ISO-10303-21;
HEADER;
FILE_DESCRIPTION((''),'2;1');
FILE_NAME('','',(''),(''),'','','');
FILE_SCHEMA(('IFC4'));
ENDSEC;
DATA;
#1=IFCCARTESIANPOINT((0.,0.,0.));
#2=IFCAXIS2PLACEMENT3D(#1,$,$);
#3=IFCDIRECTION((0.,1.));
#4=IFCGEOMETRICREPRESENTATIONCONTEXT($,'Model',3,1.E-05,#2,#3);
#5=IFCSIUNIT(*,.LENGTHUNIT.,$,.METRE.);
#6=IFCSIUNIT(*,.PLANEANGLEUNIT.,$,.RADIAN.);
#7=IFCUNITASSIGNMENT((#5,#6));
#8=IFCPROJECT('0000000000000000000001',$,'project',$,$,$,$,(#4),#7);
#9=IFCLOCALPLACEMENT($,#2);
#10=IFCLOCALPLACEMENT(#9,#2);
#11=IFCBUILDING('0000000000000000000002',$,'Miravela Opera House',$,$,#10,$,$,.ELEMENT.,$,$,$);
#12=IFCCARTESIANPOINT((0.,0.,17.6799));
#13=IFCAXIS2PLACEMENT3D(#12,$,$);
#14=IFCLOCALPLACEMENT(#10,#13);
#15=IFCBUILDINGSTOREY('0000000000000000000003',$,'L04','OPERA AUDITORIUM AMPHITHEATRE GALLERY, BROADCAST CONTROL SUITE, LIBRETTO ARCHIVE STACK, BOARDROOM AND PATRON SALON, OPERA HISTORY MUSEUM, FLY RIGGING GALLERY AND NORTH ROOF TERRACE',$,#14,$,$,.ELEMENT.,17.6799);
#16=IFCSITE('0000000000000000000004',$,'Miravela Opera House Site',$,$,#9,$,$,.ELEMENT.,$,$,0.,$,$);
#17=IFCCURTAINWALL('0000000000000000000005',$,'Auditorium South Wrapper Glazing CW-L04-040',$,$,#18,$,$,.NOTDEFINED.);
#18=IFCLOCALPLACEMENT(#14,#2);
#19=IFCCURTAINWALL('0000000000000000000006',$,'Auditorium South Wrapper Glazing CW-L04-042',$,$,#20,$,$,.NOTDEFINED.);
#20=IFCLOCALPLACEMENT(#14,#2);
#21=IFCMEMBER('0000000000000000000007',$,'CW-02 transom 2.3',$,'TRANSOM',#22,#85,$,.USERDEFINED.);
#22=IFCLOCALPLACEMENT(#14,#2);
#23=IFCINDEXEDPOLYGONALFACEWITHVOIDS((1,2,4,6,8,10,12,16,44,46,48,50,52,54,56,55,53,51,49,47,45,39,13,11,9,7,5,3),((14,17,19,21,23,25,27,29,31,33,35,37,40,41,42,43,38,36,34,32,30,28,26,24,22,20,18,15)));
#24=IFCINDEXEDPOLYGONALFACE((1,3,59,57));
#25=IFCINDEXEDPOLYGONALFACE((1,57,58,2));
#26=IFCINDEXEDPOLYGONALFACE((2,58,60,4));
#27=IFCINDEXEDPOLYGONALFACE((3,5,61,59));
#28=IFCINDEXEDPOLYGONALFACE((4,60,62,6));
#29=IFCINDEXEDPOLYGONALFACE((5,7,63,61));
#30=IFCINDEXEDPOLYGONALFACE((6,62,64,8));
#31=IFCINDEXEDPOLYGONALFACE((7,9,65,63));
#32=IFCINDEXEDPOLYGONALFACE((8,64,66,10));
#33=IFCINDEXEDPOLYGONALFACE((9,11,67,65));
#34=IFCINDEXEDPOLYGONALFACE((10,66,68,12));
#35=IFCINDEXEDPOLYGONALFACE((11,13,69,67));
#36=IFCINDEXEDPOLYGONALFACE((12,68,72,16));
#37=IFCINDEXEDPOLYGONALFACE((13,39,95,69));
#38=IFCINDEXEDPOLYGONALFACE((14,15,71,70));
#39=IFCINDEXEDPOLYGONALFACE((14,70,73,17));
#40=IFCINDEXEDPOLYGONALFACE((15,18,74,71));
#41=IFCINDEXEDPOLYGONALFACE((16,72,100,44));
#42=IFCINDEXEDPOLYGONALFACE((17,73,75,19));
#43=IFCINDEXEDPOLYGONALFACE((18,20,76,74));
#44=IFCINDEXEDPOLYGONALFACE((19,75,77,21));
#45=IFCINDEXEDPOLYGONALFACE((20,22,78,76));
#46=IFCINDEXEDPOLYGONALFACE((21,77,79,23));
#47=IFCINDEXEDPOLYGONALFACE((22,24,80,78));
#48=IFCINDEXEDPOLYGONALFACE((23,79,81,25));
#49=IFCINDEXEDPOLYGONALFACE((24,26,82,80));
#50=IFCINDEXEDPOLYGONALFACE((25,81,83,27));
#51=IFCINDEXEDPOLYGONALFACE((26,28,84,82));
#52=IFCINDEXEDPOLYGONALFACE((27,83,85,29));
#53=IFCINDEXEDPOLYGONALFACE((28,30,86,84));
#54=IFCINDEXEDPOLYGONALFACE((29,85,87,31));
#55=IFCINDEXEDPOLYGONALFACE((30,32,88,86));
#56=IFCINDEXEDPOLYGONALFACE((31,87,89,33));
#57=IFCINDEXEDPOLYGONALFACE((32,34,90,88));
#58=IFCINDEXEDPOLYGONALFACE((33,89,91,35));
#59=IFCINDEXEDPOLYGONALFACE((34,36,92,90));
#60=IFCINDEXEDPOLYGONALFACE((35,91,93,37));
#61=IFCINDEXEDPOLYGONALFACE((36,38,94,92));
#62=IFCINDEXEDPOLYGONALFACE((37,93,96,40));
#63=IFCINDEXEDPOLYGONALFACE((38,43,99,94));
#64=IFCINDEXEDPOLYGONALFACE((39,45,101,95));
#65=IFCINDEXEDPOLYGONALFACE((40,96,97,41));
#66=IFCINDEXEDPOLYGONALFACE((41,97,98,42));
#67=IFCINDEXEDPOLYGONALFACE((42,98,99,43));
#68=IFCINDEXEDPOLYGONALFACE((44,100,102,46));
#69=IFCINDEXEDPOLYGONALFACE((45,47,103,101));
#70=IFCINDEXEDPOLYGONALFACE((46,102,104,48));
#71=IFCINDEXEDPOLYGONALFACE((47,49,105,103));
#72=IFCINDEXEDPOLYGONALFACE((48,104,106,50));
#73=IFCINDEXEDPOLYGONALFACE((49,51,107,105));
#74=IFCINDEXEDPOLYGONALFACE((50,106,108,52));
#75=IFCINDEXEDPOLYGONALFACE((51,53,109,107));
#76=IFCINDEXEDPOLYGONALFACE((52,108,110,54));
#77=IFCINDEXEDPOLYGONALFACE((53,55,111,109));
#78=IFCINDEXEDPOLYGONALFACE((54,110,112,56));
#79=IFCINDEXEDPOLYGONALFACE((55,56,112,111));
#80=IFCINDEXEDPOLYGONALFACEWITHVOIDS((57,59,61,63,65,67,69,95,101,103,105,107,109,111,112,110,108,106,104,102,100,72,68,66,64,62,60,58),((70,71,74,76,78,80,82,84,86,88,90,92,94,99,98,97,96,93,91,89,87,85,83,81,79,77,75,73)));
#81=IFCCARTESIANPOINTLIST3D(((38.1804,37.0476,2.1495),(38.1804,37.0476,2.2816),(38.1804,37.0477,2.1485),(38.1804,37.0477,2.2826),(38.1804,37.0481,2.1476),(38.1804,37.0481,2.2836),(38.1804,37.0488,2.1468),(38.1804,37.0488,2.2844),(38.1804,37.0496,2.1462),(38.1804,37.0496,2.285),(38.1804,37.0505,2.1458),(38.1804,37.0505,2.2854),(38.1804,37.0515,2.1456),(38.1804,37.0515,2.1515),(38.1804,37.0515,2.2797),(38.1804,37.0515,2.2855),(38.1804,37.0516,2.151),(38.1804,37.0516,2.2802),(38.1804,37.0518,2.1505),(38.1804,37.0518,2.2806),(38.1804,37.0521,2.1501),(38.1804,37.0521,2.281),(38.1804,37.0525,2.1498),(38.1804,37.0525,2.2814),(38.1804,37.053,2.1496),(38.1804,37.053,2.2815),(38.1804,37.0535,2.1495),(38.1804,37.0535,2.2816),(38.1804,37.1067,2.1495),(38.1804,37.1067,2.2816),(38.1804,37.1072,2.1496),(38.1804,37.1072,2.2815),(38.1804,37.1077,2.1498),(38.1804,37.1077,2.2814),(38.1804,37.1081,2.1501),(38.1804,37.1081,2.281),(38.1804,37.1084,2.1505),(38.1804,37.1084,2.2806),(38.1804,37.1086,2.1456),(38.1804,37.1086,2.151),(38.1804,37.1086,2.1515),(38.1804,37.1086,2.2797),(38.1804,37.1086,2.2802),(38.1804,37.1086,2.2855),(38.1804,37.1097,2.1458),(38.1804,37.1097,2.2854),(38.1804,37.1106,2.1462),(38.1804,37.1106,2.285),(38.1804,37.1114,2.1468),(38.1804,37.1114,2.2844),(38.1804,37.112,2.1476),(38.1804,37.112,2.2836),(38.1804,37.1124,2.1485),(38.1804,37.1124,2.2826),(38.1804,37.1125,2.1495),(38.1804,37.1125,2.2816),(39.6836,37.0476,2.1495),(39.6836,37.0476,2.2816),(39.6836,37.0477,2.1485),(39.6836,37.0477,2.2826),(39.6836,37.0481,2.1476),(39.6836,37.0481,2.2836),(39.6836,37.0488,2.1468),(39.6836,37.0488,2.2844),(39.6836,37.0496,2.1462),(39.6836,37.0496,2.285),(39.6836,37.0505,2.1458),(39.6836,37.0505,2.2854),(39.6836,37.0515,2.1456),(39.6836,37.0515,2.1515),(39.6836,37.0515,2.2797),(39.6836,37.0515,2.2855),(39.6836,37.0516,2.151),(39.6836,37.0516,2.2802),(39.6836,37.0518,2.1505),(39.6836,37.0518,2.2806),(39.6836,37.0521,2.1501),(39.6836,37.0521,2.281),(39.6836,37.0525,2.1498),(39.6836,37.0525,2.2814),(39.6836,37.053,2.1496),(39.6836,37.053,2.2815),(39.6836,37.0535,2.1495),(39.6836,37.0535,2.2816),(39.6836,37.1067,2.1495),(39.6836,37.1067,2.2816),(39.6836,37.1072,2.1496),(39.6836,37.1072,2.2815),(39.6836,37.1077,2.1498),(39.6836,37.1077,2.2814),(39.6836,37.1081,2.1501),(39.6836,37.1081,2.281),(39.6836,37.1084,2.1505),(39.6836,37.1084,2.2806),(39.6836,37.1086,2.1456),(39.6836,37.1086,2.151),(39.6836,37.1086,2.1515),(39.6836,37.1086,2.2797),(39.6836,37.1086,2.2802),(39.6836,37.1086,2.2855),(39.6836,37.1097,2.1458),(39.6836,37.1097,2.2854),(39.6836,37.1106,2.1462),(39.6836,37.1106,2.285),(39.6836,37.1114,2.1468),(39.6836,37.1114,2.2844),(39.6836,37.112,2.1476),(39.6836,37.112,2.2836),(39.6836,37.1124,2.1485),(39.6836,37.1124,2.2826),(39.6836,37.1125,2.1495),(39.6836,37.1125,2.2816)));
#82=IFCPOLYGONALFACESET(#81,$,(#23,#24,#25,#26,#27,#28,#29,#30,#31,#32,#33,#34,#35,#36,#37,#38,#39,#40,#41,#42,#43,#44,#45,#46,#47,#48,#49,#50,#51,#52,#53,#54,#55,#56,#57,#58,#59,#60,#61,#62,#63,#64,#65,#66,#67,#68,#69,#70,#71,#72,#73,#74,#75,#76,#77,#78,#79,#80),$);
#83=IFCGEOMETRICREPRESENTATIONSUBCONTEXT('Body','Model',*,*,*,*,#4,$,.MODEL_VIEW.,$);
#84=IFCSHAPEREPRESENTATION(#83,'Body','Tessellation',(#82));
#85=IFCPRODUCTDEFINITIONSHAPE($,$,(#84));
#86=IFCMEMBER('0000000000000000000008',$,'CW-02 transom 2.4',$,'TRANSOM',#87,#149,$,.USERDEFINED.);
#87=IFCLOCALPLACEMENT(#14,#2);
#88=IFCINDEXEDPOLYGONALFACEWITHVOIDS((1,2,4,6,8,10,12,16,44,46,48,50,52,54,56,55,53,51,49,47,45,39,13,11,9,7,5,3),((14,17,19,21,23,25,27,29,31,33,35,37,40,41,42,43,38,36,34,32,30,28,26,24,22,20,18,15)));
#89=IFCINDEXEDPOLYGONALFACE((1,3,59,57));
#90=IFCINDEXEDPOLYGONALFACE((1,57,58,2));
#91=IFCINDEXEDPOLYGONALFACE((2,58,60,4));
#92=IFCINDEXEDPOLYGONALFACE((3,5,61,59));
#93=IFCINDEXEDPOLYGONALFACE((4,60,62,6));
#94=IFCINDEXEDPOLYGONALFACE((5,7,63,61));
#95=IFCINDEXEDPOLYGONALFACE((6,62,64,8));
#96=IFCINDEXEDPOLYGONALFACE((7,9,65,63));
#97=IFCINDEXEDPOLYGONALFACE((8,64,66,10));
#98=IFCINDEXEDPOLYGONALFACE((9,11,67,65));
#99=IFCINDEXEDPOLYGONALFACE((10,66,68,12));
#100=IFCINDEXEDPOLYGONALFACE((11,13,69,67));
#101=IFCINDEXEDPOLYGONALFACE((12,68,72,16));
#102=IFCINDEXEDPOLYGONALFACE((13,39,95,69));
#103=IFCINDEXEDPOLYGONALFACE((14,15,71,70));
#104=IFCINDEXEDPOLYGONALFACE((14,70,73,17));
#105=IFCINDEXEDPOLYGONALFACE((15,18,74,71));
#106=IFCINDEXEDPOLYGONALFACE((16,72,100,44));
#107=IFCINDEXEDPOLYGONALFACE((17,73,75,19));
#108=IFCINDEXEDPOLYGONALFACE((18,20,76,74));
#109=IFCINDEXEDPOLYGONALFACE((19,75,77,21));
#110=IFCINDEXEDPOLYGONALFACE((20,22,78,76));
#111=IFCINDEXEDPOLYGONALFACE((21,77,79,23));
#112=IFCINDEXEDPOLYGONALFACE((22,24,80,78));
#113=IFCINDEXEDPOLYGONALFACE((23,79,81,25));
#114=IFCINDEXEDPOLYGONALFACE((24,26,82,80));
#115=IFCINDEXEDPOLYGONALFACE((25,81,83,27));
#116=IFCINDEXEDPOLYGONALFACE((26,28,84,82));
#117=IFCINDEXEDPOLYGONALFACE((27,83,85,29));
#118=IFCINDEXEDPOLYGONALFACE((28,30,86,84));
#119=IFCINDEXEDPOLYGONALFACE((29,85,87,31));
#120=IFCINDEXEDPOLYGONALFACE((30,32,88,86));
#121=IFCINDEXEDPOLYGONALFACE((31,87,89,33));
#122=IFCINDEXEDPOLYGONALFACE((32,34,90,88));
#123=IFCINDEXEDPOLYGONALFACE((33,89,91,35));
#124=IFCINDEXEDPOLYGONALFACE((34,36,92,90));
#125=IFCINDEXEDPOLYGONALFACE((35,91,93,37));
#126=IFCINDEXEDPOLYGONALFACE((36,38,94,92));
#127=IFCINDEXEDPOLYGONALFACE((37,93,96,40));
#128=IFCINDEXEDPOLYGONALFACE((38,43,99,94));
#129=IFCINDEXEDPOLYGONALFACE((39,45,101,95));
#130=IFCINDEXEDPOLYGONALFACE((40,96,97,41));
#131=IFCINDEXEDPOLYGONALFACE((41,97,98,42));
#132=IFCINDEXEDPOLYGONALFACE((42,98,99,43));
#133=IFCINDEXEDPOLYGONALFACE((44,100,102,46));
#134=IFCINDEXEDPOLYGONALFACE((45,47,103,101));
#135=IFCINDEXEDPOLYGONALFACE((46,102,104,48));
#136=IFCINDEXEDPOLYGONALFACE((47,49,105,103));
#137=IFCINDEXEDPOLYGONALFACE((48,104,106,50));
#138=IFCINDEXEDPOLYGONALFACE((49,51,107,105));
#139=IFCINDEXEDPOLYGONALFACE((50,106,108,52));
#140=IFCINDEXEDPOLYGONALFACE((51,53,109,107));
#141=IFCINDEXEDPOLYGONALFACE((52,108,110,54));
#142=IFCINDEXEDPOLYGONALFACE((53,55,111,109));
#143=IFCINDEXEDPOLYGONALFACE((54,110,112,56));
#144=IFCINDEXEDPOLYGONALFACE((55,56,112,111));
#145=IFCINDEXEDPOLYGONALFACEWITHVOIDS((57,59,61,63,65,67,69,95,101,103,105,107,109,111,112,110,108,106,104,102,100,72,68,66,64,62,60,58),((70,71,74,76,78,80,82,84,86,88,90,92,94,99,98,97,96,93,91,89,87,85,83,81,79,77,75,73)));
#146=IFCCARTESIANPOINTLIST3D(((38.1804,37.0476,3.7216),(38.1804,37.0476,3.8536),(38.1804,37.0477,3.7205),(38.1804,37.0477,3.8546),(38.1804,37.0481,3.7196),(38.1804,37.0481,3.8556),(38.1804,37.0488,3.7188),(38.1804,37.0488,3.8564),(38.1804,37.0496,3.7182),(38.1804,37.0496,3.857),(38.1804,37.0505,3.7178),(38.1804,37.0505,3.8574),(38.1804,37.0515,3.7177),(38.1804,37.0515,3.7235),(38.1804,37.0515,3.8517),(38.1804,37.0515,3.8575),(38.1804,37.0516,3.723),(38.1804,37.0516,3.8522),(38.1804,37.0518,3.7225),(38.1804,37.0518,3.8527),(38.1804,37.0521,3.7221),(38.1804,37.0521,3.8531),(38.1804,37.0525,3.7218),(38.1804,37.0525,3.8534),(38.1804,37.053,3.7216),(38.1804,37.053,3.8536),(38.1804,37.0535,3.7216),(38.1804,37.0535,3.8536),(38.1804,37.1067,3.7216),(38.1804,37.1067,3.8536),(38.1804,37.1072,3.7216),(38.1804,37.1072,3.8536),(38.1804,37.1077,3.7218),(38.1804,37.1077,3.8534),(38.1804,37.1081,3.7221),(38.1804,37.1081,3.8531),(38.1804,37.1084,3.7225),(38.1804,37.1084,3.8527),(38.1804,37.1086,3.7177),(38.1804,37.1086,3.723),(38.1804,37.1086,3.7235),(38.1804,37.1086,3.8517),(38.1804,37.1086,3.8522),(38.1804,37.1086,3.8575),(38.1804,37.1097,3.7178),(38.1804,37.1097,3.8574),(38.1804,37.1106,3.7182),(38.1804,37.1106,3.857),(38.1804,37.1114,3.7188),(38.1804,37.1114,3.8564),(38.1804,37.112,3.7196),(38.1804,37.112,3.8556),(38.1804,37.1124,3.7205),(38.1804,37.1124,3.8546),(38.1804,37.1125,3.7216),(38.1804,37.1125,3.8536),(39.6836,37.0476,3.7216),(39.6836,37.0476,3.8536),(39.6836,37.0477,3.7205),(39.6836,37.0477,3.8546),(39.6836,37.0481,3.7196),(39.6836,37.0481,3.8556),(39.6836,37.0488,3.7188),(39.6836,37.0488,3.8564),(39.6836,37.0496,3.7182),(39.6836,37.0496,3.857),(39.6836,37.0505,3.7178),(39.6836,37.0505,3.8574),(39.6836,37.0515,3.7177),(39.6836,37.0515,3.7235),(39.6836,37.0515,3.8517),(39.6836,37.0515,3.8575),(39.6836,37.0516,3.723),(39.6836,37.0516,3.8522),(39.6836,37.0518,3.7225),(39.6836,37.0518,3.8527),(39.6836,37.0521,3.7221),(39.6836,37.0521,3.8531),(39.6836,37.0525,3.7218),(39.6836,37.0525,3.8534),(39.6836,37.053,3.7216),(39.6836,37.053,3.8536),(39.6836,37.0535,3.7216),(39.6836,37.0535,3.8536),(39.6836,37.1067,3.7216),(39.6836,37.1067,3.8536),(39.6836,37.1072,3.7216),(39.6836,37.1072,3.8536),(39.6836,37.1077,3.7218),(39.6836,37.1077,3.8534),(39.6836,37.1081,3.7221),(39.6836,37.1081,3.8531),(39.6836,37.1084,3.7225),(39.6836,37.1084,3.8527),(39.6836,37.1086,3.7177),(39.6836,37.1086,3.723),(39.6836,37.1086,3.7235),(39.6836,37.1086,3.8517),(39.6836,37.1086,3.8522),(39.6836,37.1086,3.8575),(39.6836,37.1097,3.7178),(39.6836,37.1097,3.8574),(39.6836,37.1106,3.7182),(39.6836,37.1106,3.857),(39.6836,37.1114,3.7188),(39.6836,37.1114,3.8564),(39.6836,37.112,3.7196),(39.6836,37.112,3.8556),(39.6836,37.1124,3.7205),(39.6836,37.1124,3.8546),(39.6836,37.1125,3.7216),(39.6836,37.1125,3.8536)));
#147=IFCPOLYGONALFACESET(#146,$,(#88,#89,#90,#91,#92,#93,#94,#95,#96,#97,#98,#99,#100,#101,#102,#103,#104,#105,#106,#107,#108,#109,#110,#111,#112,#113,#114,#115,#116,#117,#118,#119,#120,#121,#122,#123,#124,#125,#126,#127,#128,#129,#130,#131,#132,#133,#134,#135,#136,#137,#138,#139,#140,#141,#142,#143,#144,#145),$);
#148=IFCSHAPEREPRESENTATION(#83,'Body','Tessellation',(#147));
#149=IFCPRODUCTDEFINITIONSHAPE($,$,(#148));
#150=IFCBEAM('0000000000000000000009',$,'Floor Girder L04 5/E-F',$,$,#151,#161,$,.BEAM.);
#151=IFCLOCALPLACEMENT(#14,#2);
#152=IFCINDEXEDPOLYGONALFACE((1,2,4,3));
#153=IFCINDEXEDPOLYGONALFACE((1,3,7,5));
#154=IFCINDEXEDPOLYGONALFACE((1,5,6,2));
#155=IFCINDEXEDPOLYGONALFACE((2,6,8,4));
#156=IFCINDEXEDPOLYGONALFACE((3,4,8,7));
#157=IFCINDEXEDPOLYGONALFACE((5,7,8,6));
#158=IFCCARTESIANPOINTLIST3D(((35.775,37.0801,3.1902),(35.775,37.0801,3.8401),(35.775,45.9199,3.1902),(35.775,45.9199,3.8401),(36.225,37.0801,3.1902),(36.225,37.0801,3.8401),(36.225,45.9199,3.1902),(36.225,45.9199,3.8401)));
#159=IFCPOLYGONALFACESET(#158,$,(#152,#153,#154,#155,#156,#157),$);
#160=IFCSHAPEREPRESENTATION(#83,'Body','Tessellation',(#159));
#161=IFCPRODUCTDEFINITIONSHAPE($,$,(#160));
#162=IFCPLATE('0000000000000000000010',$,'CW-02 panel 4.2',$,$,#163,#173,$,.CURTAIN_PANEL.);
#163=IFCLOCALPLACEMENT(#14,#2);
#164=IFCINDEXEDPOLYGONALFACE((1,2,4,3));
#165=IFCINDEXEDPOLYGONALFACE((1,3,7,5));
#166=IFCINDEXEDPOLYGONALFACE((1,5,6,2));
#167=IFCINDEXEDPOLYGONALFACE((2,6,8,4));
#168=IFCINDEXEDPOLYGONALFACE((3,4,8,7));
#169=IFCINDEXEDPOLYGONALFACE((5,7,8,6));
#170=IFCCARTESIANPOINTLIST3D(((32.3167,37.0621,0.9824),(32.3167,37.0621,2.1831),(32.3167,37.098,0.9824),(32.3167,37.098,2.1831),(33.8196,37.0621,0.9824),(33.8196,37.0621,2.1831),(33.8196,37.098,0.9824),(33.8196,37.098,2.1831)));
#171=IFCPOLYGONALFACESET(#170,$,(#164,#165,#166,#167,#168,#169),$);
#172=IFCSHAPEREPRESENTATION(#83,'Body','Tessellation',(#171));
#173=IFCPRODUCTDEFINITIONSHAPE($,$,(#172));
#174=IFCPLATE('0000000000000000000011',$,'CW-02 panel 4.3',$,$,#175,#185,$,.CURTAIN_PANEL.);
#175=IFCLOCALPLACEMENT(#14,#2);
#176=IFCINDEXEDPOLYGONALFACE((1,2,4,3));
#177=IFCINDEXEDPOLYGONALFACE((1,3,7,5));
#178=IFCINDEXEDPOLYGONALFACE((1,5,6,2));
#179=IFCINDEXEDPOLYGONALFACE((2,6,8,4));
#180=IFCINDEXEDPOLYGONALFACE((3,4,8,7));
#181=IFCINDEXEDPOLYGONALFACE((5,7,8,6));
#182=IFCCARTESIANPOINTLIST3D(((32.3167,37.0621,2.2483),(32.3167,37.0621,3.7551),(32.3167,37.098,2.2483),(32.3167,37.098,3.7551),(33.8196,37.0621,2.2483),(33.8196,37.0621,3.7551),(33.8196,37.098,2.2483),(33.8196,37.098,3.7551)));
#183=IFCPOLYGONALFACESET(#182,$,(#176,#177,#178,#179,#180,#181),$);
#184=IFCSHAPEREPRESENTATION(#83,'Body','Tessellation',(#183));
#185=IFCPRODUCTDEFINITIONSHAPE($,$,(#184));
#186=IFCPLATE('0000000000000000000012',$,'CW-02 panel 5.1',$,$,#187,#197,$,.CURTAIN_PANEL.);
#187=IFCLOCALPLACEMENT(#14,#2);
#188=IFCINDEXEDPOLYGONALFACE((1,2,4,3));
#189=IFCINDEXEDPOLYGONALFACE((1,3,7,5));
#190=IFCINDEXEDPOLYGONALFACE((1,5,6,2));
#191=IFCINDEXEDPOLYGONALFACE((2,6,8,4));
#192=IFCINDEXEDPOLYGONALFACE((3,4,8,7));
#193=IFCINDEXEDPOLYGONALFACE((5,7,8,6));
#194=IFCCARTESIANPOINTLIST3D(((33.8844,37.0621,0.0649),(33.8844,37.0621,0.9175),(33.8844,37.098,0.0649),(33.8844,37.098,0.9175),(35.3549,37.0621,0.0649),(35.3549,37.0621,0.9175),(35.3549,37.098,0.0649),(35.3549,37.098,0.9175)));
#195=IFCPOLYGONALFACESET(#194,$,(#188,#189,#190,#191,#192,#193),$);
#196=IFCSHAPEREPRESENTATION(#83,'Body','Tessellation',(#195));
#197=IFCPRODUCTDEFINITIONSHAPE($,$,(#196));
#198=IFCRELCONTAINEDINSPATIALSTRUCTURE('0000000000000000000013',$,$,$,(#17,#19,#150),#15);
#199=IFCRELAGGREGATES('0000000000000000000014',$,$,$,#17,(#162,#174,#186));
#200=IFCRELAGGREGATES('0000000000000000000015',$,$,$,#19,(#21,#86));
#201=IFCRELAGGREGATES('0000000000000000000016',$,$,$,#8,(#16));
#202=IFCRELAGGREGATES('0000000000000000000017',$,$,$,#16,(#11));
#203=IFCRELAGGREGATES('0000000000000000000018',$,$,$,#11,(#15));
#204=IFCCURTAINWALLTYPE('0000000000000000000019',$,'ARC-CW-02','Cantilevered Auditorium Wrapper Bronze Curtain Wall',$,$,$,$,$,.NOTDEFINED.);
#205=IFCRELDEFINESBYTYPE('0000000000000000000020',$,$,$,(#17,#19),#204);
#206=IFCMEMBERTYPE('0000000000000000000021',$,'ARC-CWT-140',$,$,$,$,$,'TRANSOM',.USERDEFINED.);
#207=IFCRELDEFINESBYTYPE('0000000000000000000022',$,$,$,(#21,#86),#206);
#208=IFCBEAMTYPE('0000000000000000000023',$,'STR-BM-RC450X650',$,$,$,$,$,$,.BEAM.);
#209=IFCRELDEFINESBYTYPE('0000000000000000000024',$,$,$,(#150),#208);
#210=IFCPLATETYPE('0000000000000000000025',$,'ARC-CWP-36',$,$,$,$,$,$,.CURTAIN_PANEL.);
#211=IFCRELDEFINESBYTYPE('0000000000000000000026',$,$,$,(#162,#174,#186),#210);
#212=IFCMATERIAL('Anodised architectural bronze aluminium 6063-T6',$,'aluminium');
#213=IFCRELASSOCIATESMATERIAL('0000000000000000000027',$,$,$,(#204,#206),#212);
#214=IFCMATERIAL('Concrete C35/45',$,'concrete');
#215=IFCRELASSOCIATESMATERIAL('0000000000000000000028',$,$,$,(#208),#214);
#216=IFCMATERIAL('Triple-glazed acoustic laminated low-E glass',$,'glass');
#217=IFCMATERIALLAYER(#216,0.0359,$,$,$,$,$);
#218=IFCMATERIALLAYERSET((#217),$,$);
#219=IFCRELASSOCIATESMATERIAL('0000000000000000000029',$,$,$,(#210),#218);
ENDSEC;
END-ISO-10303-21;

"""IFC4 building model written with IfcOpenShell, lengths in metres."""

from ifc_helpers import new_model, si_unit, direction, frame, origin, origin_2d, place, context, subcontext, project, spatial, rectangle, hollow_rectangle, extrude, material, layer, layer_set, material_profile, profile_set, type_object, element, aggregate, save


model = new_model("IFC4")

# Units and contexts
model_context = context("Model", 3, precision=1e-05, world=origin(), true_north=direction((0.0, 1.0)))
body_context = subcontext(model_context, "Body", "Model", "MODEL_VIEW")
ifc_project = project(units=[si_unit("LENGTHUNIT", "METRE"), si_unit("PLANEANGLEUNIT", "RADIAN")], contexts=[model_context])

# Site, building, storey
site_placement = place(None, origin())
site = spatial("IfcSite", under=ifc_project, at=site_placement, Name="Miravela Opera House Site", CompositionType="ELEMENT", RefElevation=0.0)
building_placement = place(site_placement, origin())
building = spatial("IfcBuilding", under=site, at=building_placement, Name="Miravela Opera House", CompositionType="ELEMENT")
storey_placement = place(building_placement, frame((0.0, 0.0, 17.6799)))
storey = spatial("IfcBuildingStorey", under=building, at=storey_placement, Name="L04", Description="OPERA AUDITORIUM AMPHITHEATRE GALLERY, BROADCAST CONTROL SUITE, LIBRETTO ARCHIVE STACK, BOARDROOM AND PATRON SALON, OPERA HISTORY MUSEUM, FLY RIGGING GALLERY AND NORTH ROOF TERRACE", CompositionType="ELEMENT", Elevation=17.6799)

# Curtain walls
ifc_material_1 = material(Name="Anodised architectural bronze aluminium 6063-T6", Category="aluminium")
curtain_wall_type = type_object("IfcCurtainWallType", Name="ARC-CW-02", Description="Cantilevered Auditorium Wrapper Bronze Curtain Wall", PredefinedType="NOTDEFINED", material=ifc_material_1)
curtain_wall_1_placement = place(storey_placement, origin())
curtain_wall_1 = element("IfcCurtainWall", 1, at=curtain_wall_1_placement, inside=storey, type_object=curtain_wall_type, Name="Auditorium South Wrapper Glazing CW-L04-040", PredefinedType="NOTDEFINED")
curtain_wall_2_placement = place(storey_placement, origin())
curtain_wall_2 = element("IfcCurtainWall", 2, at=curtain_wall_2_placement, inside=storey, type_object=curtain_wall_type, Name="Auditorium South Wrapper Glazing CW-L04-042", PredefinedType="NOTDEFINED")

# Members
ifc_material_profile_1 = material_profile(ifc_material_1, hollow_rectangle(XDim=0.0649, YDim=0.1399, WallThickness=0.0039, InnerFilletRadius=0.002, OuterFilletRadius=0.0039, at=origin_2d()), Name="CWT-65X140")
ifc_profile_set_1 = profile_set([ifc_material_profile_1])
member_type_1 = type_object("IfcMemberType", Name="ARC-CWT-140", ElementType="TRANSOM", PredefinedType="USERDEFINED", material=ifc_profile_set_1)
member_1_placement = place(storey_placement, frame((38.1804, 37.0801, 2.2156), z_axis=(1.0, 0.0, 0.0), x_axis=(0.0, 1.0, 0.0)))
member_1 = element("IfcMember", 3, at=member_1_placement, type_object=member_type_1, Name="CW-02 transom 2.3", ObjectType="TRANSOM", PredefinedType="USERDEFINED", context=body_context, shape_type="SweptSolid", body=[
    extrude(hollow_rectangle(XDim=0.0649, YDim=0.1399, WallThickness=0.0039, InnerFilletRadius=0.002, OuterFilletRadius=0.0039, at=origin_2d()), origin(), (0.0, 0.0, 1.0), 1.5032),
])
member_2_placement = place(storey_placement, frame((38.1804, 37.0801, 3.7876), z_axis=(1.0, 0.0, 0.0), x_axis=(0.0, 1.0, 0.0)))
member_2 = element("IfcMember", 4, at=member_2_placement, type_object=member_type_1, Name="CW-02 transom 2.4", ObjectType="TRANSOM", PredefinedType="USERDEFINED", context=body_context, shape_type="SweptSolid", body=[
    extrude(hollow_rectangle(XDim=0.0649, YDim=0.1399, WallThickness=0.0039, InnerFilletRadius=0.002, OuterFilletRadius=0.0039, at=origin_2d()), origin(), (0.0, 0.0, 1.0), 1.5032),
])

# Beam
ifc_material_2 = material(Name="Concrete C35/45", Category="concrete")
ifc_material_profile_2 = material_profile(ifc_material_2, rectangle(XDim=0.45, YDim=0.6499, at=origin_2d()), Name="RC-BM-450X650")
ifc_profile_set_2 = profile_set([ifc_material_profile_2])
beam_type = type_object("IfcBeamType", Name="STR-BM-RC450X650", PredefinedType="BEAM", material=ifc_profile_set_2)
beam_placement = place(storey_placement, frame((36.0, 37.0801, 3.5151), z_axis=(0.0, 1.0, 0.0), x_axis=(-1.0, 0.0, 0.0)))
element("IfcBeam", 5, at=beam_placement, inside=storey, type_object=beam_type, Name="Floor Girder L04 5/E-F", PredefinedType="BEAM", context=body_context, shape_type="SweptSolid", body=[
    extrude(rectangle(XDim=0.45, YDim=0.6499, at=origin_2d()), origin(), (0.0, 0.0, 1.0), 8.8398),
])

# Plates
ifc_material_3 = material(Name="Triple-glazed acoustic laminated low-E glass", Category="glass")
ifc_layer = layer(ifc_material_3, 0.0359)
ifc_layer_set = layer_set([ifc_layer])
plate_type = type_object("IfcPlateType", Name="ARC-CWP-36", PredefinedType="CURTAIN_PANEL", material=ifc_layer_set)
plate_1_placement = place(storey_placement, frame((33.0681, 37.0801, 0.9824), z_axis=(0.0, 0.0, 1.0), x_axis=(1.0, 0.0, 0.0)))
plate_1 = element("IfcPlate", 6, at=plate_1_placement, type_object=plate_type, Name="CW-02 panel 4.2", PredefinedType="CURTAIN_PANEL", context=body_context, shape_type="SweptSolid", body=[
    extrude(rectangle(XDim=1.5029, YDim=0.0359, at=origin_2d()), origin(), (0.0, 0.0, 1.0), 1.2007),
])
plate_2_placement = place(storey_placement, frame((33.0681, 37.0801, 2.2483), z_axis=(0.0, 0.0, 1.0), x_axis=(1.0, 0.0, 0.0)))
plate_2 = element("IfcPlate", 7, at=plate_2_placement, type_object=plate_type, Name="CW-02 panel 4.3", PredefinedType="CURTAIN_PANEL", context=body_context, shape_type="SweptSolid", body=[
    extrude(rectangle(XDim=1.5029, YDim=0.0359, at=origin_2d()), origin(), (0.0, 0.0, 1.0), 1.5068),
])
plate_3_placement = place(storey_placement, frame((34.6196, 37.0801, 0.0649), z_axis=(0.0, 0.0, 1.0), x_axis=(1.0, 0.0, 0.0)))
plate_3 = element("IfcPlate", 8, at=plate_3_placement, type_object=plate_type, Name="CW-02 panel 5.1", PredefinedType="CURTAIN_PANEL", context=body_context, shape_type="SweptSolid", body=[
    extrude(rectangle(XDim=1.4705, YDim=0.0359, at=origin_2d()), origin(), (0.0, 0.0, 1.0), 0.8525),
])
aggregate(curtain_wall_1, [plate_1, plate_2, plate_3])
aggregate(curtain_wall_2, [member_1, member_2])

save(model, "model.ifc")
